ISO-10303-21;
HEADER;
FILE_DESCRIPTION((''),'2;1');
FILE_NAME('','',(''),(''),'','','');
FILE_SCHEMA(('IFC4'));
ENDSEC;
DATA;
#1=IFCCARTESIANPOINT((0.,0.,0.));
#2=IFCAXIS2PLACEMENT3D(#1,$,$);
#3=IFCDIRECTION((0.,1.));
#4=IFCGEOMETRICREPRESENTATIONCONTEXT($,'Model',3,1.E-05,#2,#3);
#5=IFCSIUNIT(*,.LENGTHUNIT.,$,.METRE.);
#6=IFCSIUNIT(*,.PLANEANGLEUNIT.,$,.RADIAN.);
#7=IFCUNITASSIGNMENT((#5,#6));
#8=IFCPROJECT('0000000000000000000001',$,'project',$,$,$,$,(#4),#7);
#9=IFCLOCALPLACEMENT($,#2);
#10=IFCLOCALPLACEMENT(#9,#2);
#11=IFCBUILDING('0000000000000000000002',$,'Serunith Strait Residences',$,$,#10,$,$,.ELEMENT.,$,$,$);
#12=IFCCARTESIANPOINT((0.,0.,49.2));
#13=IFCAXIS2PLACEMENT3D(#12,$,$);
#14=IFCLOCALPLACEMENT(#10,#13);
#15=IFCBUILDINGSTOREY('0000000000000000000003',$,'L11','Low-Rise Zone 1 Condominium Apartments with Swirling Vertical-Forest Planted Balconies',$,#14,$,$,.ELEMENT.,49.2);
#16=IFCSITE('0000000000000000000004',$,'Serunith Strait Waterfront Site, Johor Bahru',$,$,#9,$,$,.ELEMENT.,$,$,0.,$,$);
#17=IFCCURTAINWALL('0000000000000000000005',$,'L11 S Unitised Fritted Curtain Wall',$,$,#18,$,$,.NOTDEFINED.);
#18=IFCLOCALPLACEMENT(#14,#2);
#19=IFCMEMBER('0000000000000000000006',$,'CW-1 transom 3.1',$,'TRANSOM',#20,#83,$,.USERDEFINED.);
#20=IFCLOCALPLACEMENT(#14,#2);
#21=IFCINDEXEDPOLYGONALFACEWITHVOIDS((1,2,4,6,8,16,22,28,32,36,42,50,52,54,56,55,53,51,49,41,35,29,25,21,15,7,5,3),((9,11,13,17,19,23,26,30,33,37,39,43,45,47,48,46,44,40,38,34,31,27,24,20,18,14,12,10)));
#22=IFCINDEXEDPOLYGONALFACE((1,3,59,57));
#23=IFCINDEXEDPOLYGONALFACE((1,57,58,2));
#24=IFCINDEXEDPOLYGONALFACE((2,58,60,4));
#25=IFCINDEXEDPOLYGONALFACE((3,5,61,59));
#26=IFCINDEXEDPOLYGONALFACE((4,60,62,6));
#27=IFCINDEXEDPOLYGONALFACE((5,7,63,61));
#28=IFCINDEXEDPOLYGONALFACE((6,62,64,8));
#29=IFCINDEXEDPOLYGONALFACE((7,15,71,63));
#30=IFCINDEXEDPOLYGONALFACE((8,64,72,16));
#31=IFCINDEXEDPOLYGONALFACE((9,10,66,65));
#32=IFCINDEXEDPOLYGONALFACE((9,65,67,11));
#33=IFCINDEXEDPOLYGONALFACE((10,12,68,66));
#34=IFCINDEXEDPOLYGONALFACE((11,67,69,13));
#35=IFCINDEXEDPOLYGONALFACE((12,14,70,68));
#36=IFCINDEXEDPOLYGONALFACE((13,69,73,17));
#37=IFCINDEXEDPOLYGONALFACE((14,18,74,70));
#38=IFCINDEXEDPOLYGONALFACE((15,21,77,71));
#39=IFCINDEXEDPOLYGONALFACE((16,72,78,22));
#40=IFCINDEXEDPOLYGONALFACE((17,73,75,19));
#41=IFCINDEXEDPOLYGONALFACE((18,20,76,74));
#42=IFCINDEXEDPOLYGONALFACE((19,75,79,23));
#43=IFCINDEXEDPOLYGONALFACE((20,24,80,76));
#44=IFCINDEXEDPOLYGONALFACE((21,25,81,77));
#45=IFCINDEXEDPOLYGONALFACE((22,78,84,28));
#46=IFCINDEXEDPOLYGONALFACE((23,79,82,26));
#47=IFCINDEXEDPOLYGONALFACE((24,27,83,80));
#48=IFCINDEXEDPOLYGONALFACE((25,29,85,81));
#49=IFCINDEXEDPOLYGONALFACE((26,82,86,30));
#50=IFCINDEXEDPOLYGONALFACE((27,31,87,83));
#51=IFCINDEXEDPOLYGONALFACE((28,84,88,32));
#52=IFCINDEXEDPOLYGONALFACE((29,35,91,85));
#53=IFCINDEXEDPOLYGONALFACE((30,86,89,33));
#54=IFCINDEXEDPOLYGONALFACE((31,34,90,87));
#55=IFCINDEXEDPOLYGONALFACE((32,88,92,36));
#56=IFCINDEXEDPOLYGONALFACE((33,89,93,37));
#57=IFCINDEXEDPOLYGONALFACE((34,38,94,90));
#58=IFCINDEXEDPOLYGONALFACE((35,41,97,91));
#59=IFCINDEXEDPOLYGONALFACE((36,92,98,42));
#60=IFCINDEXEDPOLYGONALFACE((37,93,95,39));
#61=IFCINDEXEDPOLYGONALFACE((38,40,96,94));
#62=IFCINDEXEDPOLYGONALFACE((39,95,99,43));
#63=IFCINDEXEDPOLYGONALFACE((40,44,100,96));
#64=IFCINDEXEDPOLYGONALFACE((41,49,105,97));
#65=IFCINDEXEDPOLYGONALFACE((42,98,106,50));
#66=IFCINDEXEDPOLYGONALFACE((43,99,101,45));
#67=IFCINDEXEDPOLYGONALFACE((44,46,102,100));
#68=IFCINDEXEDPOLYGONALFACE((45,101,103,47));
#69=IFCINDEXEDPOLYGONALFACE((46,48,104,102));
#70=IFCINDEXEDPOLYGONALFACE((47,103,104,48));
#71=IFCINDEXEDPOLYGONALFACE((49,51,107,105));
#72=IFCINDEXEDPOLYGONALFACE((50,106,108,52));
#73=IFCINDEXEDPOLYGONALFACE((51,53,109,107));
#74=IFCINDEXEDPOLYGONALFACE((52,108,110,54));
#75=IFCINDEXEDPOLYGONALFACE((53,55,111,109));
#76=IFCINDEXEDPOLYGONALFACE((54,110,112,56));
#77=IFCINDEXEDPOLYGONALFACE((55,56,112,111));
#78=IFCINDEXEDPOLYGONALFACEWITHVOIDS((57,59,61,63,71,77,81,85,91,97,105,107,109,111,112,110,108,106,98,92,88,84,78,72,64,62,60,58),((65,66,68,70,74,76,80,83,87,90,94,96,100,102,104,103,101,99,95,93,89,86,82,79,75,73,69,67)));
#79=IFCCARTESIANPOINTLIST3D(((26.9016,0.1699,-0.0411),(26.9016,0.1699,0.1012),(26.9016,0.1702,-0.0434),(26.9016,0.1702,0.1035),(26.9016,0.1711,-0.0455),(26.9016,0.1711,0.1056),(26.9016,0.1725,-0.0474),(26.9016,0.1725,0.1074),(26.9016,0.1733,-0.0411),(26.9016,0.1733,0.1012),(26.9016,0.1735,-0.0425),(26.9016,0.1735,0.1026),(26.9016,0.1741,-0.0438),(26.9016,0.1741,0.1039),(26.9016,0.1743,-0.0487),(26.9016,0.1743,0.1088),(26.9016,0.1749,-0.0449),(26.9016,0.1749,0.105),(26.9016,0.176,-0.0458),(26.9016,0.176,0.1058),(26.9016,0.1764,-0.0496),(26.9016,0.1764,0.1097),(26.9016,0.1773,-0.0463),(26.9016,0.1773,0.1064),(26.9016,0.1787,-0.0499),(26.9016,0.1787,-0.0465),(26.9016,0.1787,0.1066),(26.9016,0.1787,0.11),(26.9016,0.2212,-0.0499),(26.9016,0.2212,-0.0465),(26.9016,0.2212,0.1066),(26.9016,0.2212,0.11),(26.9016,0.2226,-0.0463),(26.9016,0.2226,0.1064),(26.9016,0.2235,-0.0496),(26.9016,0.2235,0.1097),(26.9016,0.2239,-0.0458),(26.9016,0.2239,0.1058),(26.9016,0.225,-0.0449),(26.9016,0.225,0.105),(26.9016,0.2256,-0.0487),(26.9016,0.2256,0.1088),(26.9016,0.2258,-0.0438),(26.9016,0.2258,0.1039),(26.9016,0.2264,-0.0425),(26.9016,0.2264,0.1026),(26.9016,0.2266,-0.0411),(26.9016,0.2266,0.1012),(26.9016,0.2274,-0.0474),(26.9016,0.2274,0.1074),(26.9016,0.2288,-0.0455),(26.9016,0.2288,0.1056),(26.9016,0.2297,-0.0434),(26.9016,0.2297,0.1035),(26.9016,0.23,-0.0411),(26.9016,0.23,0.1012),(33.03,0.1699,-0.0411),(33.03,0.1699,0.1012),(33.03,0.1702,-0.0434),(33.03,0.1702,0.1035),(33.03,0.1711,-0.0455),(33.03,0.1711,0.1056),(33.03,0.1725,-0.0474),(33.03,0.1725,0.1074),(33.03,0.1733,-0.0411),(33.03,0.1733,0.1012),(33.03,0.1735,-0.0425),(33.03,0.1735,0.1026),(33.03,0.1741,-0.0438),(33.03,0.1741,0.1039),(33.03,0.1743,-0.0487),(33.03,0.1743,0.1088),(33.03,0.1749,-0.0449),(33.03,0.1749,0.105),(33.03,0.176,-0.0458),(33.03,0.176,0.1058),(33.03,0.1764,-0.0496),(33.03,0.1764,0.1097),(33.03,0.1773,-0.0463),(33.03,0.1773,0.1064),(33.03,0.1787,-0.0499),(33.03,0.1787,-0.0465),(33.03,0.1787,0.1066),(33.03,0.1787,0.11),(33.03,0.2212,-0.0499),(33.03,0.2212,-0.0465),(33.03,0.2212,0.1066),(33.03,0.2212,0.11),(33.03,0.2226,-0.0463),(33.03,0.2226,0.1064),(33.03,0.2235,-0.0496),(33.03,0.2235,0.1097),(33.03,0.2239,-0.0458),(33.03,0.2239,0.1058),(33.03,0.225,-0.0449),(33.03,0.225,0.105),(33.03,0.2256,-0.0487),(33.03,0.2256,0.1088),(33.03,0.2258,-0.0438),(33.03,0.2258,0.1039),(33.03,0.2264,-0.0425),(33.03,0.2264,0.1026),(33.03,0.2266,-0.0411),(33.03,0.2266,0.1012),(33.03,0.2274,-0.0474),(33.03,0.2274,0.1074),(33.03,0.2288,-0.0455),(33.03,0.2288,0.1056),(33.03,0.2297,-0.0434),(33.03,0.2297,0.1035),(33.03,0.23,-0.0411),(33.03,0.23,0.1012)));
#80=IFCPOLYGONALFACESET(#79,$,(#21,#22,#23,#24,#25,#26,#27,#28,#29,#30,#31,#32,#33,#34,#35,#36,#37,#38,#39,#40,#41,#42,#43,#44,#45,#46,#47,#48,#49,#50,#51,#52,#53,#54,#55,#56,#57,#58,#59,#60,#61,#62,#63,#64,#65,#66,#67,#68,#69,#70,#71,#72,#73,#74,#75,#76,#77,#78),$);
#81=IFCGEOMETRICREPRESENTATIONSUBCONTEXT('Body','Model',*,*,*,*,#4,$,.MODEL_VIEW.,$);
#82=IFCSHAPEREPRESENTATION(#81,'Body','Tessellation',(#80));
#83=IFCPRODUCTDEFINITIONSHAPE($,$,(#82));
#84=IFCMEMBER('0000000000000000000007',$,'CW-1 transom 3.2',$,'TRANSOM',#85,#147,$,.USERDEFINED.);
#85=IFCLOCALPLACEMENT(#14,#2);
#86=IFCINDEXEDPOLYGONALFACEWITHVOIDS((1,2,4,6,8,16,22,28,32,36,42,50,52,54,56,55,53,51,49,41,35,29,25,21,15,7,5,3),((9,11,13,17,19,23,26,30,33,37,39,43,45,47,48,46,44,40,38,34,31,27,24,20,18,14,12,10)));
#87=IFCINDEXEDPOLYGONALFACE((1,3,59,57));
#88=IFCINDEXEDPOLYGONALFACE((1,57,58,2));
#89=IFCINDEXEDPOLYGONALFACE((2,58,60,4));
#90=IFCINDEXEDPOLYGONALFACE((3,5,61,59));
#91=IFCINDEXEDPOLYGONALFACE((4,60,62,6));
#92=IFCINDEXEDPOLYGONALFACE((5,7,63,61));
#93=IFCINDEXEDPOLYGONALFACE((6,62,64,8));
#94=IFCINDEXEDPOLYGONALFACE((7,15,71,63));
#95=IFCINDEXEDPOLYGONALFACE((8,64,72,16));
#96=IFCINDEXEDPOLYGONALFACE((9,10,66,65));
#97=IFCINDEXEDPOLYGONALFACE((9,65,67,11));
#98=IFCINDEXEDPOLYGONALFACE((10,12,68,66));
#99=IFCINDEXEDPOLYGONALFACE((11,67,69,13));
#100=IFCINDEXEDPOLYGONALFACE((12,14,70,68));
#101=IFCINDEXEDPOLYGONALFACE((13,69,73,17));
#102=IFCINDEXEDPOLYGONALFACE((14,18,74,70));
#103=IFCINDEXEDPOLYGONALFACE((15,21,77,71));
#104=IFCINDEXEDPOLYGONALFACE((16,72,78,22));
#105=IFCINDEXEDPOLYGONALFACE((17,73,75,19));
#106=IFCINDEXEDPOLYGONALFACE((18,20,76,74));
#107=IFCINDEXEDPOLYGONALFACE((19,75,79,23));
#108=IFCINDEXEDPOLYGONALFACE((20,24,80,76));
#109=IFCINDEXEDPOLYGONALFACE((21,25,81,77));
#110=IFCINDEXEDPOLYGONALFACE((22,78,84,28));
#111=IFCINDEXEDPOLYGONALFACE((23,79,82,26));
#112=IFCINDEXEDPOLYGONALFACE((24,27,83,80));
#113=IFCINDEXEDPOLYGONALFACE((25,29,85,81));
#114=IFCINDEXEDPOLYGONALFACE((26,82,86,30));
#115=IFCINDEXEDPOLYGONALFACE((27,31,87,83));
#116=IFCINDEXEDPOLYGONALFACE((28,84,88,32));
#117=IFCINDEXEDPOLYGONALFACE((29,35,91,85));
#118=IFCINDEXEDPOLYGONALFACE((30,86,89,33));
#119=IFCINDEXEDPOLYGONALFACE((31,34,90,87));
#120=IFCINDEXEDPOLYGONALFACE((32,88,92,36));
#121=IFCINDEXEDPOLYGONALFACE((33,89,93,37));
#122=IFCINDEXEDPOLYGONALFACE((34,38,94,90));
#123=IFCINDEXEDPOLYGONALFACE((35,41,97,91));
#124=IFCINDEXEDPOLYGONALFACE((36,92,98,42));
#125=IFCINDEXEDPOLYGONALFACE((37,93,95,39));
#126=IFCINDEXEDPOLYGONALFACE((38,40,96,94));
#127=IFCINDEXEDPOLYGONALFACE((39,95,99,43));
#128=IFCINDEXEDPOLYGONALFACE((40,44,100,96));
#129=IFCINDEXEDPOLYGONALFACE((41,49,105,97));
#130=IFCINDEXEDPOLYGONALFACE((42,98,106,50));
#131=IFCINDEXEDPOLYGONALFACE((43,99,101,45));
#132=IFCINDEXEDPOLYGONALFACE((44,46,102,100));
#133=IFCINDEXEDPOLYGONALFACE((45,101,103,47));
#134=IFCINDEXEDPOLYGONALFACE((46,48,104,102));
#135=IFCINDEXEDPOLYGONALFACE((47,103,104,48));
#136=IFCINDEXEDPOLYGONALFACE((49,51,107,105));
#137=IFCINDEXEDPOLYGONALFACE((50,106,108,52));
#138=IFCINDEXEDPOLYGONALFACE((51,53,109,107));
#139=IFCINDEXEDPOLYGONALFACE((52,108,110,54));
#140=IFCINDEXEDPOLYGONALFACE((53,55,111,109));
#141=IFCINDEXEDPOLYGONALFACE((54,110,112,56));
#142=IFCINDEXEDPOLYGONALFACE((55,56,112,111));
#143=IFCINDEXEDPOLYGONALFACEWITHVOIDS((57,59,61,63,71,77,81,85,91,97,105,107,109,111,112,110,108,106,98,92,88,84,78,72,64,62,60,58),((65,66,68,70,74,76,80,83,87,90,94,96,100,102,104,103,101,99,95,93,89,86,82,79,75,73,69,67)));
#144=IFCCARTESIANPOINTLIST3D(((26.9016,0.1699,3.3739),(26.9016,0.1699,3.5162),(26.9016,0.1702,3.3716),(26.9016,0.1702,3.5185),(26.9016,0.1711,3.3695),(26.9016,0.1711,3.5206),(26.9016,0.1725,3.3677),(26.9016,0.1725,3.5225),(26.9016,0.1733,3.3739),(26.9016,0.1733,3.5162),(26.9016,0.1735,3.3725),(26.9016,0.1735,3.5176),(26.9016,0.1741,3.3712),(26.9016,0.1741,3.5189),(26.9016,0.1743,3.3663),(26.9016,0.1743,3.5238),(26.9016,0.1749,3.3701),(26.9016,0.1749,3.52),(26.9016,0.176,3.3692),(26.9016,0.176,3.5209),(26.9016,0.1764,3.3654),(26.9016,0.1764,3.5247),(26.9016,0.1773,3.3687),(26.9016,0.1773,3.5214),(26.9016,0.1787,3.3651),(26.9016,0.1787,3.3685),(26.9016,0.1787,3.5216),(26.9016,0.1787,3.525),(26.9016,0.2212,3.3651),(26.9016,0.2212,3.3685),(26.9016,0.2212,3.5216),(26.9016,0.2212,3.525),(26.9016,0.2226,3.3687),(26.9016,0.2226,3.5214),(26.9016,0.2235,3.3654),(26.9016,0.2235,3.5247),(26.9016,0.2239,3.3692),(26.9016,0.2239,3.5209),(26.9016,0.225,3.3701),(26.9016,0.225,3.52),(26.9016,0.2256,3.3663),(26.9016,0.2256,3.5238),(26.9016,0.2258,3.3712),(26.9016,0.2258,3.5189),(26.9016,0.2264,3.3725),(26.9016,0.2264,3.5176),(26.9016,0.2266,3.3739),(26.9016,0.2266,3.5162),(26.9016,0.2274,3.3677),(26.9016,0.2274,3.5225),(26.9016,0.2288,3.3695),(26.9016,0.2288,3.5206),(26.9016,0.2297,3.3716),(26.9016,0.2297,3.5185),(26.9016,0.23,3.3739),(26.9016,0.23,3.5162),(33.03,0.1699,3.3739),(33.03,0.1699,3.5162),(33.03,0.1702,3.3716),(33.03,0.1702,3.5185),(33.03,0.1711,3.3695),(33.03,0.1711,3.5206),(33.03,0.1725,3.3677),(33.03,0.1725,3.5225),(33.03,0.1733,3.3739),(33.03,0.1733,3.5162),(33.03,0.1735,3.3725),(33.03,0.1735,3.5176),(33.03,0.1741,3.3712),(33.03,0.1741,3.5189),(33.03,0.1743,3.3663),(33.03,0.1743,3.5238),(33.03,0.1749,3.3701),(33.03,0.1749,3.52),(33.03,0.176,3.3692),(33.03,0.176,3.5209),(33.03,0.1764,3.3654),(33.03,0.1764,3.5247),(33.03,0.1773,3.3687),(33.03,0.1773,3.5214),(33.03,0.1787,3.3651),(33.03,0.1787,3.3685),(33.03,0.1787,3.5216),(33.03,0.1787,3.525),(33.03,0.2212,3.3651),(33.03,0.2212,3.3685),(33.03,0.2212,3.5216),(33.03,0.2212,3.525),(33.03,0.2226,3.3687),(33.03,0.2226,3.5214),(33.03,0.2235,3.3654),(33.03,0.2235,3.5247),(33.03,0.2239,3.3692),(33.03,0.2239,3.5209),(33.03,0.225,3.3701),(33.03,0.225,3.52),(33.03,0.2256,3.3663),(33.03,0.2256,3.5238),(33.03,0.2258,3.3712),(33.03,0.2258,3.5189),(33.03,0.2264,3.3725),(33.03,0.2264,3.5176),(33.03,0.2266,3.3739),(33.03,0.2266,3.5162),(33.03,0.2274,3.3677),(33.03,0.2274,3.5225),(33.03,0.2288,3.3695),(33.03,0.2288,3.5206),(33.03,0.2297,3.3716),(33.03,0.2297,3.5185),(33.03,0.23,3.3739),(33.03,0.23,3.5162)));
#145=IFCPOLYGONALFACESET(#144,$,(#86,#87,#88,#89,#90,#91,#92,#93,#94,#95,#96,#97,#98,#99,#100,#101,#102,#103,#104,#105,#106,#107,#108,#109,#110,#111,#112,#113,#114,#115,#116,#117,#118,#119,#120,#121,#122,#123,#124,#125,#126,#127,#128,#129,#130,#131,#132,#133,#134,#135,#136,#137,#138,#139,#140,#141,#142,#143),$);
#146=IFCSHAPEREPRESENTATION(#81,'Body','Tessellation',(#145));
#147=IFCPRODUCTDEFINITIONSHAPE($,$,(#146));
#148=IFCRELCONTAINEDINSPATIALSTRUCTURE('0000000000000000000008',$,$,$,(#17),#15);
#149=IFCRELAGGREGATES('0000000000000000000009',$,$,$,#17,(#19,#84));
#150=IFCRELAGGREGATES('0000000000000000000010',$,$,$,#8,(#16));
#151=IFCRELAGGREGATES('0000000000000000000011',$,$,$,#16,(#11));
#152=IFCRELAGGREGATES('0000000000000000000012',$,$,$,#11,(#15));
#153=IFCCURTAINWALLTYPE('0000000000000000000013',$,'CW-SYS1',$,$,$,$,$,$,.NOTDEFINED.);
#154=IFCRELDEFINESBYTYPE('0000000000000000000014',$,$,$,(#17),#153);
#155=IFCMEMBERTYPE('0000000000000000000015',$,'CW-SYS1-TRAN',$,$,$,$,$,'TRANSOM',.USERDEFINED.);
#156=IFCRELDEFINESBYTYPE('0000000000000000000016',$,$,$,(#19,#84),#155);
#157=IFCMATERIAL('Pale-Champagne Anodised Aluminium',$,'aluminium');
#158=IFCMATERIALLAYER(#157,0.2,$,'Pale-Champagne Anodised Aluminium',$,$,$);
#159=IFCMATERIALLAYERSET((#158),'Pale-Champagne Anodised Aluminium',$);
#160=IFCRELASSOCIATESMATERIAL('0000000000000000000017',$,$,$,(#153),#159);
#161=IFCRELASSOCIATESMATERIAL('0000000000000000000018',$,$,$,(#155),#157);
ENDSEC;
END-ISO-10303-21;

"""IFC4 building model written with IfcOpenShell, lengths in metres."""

from ifc_helpers import new_model, si_unit, direction, frame, origin, origin_2d, place, context, subcontext, project, spatial, hollow_rectangle, extrude, source, transform, mapped, material, layer, layer_set, material_profile, profile_set, type_object, element, aggregate, save


model = new_model("IFC4")

# Units and contexts
model_context = context("Model", 3, precision=1e-05, world=origin(), true_north=direction((0.0, 1.0)))
body_context = subcontext(model_context, "Body", "Model", "MODEL_VIEW")
ifc_project = project(units=[si_unit("LENGTHUNIT", "METRE"), si_unit("PLANEANGLEUNIT", "RADIAN")], contexts=[model_context])

# Site, building, storey
site_placement = place(None, origin())
site = spatial("IfcSite", under=ifc_project, at=site_placement, Name="Serunith Strait Waterfront Site, Johor Bahru", CompositionType="ELEMENT", RefElevation=0.0)
building_placement = place(site_placement, origin())
building = spatial("IfcBuilding", under=site, at=building_placement, Name="Serunith Strait Residences", CompositionType="ELEMENT")
storey_placement = place(building_placement, frame((0.0, 0.0, 49.2)))
storey = spatial("IfcBuildingStorey", under=building, at=storey_placement, Name="L11", Description="Low-Rise Zone 1 Condominium Apartments with Swirling Vertical-Forest Planted Balconies", CompositionType="ELEMENT", Elevation=49.2)

# Curtain wall, members
ifc_material_1 = material(Name="Pale-Champagne Anodised Aluminium", Category="aluminium")
ifc_layer_1 = layer(ifc_material_1, 0.2, Name="Pale-Champagne Anodised Aluminium")
ifc_layer_set_1 = layer_set([ifc_layer_1], Name="Pale-Champagne Anodised Aluminium")
curtain_wall_type = type_object("IfcCurtainWallType", Name="CW-SYS1", PredefinedType="NOTDEFINED", material=ifc_layer_set_1)
curtain_wall_placement = place(storey_placement, origin())
curtain_wall = element("IfcCurtainWall", 1, at=curtain_wall_placement, inside=storey, type_object=curtain_wall_type, Name="L11 S Unitised Fritted Curtain Wall", PredefinedType="NOTDEFINED")
ifc_material_profile_1 = material_profile(ifc_material_1, hollow_rectangle(XDim=0.0601, YDim=0.1599, WallThickness=0.0034, InnerFilletRadius=0.0054, OuterFilletRadius=0.0088, at=origin_2d()), Name="ALU 160x60x3.5")
ifc_profile_set_1 = profile_set([ifc_material_profile_1], Name="Pale-Champagne Anodised Aluminium")
member_type_1 = type_object("IfcMemberType", Name="CW-SYS1-TRAN", ElementType="TRANSOM", PredefinedType="USERDEFINED", material=ifc_profile_set_1)
shared_shape_1 = source(origin(), body_context, "Body", "SweptSolid", [
    extrude(hollow_rectangle(XDim=0.0601, YDim=0.1599, WallThickness=0.0034, InnerFilletRadius=0.0054, OuterFilletRadius=0.0088, at=origin_2d()), origin(), (0.0, 0.0, 1.0), 6.1284),
])
member_1_placement = place(storey_placement, frame((26.9016, 0.2, 0.03), z_axis=(1.0, 0.0, 0.0), x_axis=(0.0, 1.0, 0.0)))
member_1 = element("IfcMember", 2, at=member_1_placement, type_object=member_type_1, Name="CW-1 transom 3.1", ObjectType="TRANSOM", PredefinedType="USERDEFINED", context=body_context, shape_type="MappedRepresentation", body=[
    mapped(shared_shape_1, transform((0.0, 0.0, 0.0), scale=1.0)),
])
member_2_placement = place(storey_placement, frame((26.9016, 0.2, 3.4451), z_axis=(1.0, 0.0, 0.0), x_axis=(0.0, 1.0, 0.0)))
member_2 = element("IfcMember", 3, at=member_2_placement, type_object=member_type_1, Name="CW-1 transom 3.2", ObjectType="TRANSOM", PredefinedType="USERDEFINED", context=body_context, shape_type="MappedRepresentation", body=[
    mapped(shared_shape_1, transform((0.0, 0.0, 0.0), scale=1.0)),
])
aggregate(curtain_wall, [member_1, member_2])

save(model, "model.ifc")
